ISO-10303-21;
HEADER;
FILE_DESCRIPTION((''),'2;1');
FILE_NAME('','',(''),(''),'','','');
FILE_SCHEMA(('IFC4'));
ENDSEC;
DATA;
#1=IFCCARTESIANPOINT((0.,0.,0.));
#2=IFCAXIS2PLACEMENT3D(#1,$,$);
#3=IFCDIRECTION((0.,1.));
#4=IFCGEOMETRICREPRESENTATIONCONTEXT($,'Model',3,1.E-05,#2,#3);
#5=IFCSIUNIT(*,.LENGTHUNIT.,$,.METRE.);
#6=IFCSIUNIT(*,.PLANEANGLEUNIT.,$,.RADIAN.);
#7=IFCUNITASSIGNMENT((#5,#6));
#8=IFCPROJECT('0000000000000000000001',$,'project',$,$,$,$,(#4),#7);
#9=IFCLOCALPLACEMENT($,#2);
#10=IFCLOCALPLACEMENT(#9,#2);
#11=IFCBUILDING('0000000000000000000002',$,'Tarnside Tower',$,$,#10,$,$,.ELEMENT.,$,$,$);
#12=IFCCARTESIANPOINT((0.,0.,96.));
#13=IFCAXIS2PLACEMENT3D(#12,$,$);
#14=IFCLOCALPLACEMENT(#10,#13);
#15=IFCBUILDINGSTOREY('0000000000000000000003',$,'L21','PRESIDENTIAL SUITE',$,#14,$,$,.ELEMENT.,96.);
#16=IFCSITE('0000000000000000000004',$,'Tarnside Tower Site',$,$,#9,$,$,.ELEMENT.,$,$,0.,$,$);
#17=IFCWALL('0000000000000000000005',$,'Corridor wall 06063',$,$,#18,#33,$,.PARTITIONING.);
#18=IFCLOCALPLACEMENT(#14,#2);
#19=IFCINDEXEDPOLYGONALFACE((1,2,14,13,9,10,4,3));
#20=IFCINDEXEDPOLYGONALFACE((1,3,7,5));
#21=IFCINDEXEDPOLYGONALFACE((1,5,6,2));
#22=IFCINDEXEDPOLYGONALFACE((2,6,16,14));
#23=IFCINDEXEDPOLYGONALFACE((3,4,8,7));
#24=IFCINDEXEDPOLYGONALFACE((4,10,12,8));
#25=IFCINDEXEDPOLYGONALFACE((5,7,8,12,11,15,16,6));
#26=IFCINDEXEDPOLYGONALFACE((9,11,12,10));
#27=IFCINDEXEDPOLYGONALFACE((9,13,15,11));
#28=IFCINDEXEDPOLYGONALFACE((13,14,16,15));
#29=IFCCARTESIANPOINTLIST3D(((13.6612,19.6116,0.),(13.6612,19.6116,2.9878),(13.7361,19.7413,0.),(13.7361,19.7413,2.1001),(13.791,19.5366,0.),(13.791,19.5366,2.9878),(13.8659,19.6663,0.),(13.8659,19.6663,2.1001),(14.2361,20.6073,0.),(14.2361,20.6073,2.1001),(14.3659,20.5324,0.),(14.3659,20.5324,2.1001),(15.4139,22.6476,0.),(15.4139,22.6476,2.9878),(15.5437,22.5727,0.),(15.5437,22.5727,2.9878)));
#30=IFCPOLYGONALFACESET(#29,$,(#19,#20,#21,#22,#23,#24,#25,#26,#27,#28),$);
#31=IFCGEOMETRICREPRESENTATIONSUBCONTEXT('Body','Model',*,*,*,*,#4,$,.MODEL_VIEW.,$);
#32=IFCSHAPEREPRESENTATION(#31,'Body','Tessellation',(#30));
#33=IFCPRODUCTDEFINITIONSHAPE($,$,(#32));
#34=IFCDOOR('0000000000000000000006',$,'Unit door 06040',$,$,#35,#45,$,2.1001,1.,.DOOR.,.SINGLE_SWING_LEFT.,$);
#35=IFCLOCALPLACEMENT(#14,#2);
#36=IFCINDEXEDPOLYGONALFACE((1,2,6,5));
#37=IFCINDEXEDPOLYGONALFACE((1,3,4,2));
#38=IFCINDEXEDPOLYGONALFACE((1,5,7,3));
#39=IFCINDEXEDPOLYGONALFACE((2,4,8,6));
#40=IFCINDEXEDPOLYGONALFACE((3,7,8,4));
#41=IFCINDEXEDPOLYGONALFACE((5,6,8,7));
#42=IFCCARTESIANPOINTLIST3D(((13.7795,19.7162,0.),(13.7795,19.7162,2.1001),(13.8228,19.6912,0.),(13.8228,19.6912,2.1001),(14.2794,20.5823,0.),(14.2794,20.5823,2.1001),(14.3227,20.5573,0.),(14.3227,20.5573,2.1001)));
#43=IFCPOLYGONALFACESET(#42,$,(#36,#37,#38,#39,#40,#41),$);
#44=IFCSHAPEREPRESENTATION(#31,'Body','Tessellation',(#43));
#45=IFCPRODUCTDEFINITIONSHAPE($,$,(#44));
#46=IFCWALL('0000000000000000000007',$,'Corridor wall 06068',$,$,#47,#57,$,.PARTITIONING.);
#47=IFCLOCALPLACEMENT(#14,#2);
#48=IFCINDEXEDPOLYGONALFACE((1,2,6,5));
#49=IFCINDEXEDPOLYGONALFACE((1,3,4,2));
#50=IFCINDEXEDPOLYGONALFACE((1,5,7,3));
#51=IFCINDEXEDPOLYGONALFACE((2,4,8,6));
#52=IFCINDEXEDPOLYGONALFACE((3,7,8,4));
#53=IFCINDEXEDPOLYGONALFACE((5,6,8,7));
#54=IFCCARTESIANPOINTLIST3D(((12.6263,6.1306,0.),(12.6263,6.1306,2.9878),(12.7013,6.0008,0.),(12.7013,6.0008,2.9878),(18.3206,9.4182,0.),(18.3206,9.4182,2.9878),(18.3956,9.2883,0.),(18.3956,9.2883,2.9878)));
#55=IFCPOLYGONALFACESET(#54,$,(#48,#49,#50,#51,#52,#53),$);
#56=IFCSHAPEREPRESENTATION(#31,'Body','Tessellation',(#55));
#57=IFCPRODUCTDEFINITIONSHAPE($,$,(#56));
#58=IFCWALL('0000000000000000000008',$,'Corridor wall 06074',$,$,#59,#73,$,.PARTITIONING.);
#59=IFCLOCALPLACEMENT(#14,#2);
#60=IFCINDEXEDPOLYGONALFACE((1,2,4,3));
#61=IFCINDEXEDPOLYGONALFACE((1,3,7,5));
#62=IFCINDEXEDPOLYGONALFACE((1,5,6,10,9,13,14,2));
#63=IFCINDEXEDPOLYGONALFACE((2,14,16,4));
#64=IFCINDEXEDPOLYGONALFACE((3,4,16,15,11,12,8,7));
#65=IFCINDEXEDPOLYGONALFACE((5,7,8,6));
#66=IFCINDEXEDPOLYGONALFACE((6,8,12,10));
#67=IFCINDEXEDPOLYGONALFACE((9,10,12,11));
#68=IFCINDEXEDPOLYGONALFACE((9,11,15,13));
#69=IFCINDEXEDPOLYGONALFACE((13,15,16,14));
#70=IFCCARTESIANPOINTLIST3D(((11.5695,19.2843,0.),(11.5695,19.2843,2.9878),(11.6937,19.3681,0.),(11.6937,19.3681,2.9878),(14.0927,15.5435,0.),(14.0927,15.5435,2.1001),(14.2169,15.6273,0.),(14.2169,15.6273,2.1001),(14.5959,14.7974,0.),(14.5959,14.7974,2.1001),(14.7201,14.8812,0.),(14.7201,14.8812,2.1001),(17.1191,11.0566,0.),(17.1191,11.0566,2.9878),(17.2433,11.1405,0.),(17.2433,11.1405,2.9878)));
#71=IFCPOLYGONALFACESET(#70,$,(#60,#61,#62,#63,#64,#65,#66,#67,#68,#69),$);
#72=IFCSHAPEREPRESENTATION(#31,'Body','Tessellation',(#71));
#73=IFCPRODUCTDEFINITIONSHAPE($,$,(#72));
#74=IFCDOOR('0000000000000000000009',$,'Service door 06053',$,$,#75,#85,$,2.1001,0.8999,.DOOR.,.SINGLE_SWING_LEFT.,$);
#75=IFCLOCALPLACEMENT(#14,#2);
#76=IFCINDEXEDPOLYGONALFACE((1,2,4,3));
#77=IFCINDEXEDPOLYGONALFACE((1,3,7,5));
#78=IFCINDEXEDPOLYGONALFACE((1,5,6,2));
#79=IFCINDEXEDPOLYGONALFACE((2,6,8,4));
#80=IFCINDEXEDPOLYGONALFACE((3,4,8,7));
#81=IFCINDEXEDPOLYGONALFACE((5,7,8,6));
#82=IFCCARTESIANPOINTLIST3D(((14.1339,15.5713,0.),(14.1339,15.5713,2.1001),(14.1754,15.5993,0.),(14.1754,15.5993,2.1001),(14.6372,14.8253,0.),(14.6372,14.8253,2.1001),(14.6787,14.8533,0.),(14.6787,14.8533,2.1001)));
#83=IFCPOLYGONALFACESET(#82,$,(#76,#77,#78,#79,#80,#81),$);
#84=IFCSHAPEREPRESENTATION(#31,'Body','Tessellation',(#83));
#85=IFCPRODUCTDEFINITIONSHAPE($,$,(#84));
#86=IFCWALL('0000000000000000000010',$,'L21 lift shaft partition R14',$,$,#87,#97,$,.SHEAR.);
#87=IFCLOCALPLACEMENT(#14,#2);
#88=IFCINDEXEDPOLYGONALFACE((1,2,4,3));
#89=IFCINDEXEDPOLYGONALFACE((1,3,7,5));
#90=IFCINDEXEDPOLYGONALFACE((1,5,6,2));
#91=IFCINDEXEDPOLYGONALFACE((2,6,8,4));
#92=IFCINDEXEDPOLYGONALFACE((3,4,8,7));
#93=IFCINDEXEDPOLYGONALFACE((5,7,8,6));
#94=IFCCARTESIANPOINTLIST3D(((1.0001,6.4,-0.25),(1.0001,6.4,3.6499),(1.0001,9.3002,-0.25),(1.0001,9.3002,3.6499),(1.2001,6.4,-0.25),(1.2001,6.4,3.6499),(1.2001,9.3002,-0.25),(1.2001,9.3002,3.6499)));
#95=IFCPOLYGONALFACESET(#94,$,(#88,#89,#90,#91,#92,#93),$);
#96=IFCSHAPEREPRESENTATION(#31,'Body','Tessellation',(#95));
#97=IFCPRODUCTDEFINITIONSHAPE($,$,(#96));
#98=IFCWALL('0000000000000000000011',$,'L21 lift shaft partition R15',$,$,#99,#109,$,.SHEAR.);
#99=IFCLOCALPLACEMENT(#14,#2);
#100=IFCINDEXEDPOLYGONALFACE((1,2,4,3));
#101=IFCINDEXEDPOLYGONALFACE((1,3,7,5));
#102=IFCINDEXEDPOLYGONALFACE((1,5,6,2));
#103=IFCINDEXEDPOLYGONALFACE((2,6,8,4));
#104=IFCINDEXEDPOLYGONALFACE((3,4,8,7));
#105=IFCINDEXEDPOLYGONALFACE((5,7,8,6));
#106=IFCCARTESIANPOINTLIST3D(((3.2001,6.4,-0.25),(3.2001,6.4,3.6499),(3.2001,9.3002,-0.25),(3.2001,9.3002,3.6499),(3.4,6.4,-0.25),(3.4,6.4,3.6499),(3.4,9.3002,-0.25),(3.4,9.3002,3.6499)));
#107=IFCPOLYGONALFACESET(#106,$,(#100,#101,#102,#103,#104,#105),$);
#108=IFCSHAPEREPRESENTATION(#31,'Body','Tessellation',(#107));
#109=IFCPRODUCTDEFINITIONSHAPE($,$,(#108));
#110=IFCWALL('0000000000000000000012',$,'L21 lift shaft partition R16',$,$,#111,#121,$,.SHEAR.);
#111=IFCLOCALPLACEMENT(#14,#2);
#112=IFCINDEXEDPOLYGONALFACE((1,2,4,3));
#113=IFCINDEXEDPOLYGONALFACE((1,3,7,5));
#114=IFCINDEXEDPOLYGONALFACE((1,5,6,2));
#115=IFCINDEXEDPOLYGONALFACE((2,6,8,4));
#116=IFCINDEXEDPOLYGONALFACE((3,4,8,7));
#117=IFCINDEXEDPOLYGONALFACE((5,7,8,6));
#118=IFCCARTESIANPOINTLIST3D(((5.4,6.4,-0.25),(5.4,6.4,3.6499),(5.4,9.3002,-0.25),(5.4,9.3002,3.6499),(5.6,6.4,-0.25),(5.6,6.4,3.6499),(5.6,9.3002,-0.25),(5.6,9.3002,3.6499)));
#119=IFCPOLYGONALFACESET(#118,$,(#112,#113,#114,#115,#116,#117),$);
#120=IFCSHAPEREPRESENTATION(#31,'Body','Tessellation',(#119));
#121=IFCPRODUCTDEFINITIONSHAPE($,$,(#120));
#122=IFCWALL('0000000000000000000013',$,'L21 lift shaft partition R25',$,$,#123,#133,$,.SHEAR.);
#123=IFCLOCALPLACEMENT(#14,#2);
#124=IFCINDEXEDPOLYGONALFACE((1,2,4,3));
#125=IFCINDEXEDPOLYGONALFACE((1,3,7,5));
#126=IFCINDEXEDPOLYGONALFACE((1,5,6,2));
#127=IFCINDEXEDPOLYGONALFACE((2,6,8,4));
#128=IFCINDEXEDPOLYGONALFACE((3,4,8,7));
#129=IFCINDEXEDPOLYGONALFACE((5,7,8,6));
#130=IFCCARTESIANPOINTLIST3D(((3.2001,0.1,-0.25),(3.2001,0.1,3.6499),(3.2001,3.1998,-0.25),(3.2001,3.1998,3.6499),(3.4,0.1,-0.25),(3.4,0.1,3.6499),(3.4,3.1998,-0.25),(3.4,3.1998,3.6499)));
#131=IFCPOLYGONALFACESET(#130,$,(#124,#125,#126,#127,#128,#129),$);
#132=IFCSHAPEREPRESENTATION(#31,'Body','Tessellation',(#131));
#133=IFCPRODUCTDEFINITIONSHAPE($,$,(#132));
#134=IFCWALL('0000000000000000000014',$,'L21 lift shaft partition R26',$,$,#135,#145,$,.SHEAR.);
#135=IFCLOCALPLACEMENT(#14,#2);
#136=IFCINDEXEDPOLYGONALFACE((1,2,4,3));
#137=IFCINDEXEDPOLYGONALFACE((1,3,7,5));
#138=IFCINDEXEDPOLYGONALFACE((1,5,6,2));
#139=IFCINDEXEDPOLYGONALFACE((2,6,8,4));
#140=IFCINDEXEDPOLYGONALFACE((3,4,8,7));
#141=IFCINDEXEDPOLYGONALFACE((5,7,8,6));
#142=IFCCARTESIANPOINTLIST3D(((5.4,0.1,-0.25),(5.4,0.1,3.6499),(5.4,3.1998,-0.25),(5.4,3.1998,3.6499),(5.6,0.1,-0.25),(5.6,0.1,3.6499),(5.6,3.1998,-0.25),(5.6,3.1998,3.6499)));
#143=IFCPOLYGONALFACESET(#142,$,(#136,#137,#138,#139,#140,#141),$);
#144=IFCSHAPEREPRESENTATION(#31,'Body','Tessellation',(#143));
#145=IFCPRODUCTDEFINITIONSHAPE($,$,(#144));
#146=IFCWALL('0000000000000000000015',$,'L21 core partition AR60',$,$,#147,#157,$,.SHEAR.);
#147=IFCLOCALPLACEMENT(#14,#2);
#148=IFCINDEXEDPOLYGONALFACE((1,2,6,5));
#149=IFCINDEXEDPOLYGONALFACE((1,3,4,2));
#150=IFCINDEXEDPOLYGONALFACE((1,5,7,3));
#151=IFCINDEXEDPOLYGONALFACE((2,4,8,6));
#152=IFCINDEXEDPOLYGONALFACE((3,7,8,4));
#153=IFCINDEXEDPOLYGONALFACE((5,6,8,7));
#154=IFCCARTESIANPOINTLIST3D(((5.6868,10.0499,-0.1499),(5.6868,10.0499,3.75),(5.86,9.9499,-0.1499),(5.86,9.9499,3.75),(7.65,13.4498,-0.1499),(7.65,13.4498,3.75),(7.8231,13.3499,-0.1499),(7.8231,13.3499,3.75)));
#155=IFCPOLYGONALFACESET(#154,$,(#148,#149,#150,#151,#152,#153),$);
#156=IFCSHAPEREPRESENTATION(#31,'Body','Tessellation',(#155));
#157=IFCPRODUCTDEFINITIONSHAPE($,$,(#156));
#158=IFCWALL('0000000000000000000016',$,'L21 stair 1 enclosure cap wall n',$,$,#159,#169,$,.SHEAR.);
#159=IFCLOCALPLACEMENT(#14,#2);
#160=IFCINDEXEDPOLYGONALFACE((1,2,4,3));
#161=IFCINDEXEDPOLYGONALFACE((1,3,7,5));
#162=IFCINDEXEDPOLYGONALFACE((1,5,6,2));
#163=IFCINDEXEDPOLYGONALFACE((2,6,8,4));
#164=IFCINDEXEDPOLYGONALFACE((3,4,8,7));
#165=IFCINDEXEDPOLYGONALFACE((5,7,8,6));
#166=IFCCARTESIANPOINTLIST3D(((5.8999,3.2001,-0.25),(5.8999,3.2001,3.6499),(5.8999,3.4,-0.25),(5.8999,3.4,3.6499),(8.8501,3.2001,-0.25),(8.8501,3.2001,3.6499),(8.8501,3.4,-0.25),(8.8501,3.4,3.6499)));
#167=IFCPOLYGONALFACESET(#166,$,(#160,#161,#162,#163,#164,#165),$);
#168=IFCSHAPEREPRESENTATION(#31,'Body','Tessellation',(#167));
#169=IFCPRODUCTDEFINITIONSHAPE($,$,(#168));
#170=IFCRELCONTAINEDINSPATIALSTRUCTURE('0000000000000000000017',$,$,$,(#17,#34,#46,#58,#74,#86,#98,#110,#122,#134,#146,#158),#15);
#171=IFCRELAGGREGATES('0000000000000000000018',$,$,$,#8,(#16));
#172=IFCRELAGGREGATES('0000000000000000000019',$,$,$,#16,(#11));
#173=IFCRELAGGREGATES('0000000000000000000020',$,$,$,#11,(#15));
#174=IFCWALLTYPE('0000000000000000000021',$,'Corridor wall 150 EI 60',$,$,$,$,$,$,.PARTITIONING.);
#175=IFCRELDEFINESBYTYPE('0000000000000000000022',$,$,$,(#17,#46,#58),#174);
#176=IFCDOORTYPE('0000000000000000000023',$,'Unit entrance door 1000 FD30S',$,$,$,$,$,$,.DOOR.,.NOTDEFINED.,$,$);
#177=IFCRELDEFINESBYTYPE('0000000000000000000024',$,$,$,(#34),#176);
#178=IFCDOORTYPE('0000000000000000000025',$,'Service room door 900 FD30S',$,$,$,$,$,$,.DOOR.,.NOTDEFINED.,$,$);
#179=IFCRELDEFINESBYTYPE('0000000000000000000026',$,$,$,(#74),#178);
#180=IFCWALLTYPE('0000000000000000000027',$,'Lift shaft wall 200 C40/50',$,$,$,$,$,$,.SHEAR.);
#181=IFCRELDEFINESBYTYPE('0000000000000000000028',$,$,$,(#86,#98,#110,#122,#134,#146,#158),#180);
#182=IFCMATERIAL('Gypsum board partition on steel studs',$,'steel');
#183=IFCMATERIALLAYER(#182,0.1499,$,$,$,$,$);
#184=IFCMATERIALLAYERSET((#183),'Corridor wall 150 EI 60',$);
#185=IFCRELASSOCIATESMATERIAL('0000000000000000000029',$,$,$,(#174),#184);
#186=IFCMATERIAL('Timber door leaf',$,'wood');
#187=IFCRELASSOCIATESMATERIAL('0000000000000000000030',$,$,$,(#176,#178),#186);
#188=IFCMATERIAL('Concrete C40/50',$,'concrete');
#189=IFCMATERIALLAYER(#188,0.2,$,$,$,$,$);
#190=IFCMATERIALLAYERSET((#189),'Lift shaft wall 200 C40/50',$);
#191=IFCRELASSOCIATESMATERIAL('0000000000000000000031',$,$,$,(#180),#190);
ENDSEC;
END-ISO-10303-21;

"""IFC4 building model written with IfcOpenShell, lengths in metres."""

from ifc_helpers import new_model, si_unit, direction, frame, frame_2d, origin, place, context, subcontext, project, spatial, rectangle, extrude, material, layer, layer_set, type_object, element, fill, save


model = new_model("IFC4")

# Units and contexts
model_context = context("Model", 3, precision=1e-05, world=origin(), true_north=direction((0.0, 1.0)))
body_context = subcontext(model_context, "Body", "Model", "MODEL_VIEW")
ifc_project = project(units=[si_unit("LENGTHUNIT", "METRE"), si_unit("PLANEANGLEUNIT", "RADIAN")], contexts=[model_context])

# Site, building, storey
site_placement = place(None, origin())
site = spatial("IfcSite", under=ifc_project, at=site_placement, Name="Tarnside Tower Site", CompositionType="ELEMENT", RefElevation=0.0)
building_placement = place(site_placement, origin())
building = spatial("IfcBuilding", under=site, at=building_placement, Name="Tarnside Tower", CompositionType="ELEMENT")
storey_placement = place(building_placement, frame((0.0, 0.0, 96.0)))
storey = spatial("IfcBuildingStorey", under=building, at=storey_placement, Name="L21", Description="PRESIDENTIAL SUITE", CompositionType="ELEMENT", Elevation=96.0)

# Shared definitions
ifc_material_1 = material(Name="Concrete C40/50", Category="concrete")

# Shared definitions
ifc_material_2 = material(Name="Gypsum board partition on steel studs", Category="steel")
ifc_layer_1 = layer(ifc_material_2, 0.1499)
ifc_layer_set_1 = layer_set([ifc_layer_1], Name="Corridor wall 150 EI 60")
wall_type_1 = type_object("IfcWallType", Name="Corridor wall 150 EI 60", PredefinedType="PARTITIONING", material=ifc_layer_set_1)

# Wall, opening, door
wall_1_placement = place(storey_placement, frame((13.7261, 19.574, 0.0), z_axis=(0.0, 0.0, 1.0), x_axis=(0.499952, 0.866053, 0.0)))
wall_1 = element("IfcWall", 1, at=wall_1_placement, inside=storey, type_object=wall_type_1, Name="Corridor wall 06063", PredefinedType="PARTITIONING", context=body_context, shape_type="SweptSolid", body=[
    extrude(rectangle(XDim=3.5056, YDim=0.1499, at=frame_2d((1.7529, 0.0))), origin(), (0.0, 0.0, 1.0), 2.9878),
])
opening_1_placement = place(wall_1_placement, frame((0.1499, 0.0, 0.0)))
opening_1 = element("IfcOpeningElement", 2, at=opening_1_placement, cuts=wall_1, PredefinedType="OPENING", context=body_context, shape_type="SweptSolid", body=[
    extrude(rectangle(XDim=1.0, YDim=2.1001, at=frame_2d((0.5, 1.05))), frame((0.0, 0.085, 0.0), z_axis=(0.0, -1.0, 0.0), x_axis=(1.0, 0.0, 0.0)), (0.0, 0.0, 1.0), 0.1699),
])
ifc_material_3 = material(Name="Timber door leaf", Category="wood")
door_type_1 = type_object("IfcDoorType", Name="Unit entrance door 1000 FD30S", OperationType="NOTDEFINED", PredefinedType="DOOR", material=ifc_material_3)
door_1_placement = place(opening_1_placement, origin())
door_1 = element("IfcDoor", 3, at=door_1_placement, inside=storey, type_object=door_type_1, Name="Unit door 06040", OperationType="SINGLE_SWING_LEFT", OverallHeight=2.1001, OverallWidth=1.0, PredefinedType="DOOR", context=body_context, shape_type="SweptSolid", body=[
    extrude(rectangle(XDim=1.0, YDim=2.1001, at=frame_2d((0.5, 1.05))), frame((0.0, 0.0249, 0.0), z_axis=(0.0, -1.0, 0.0), x_axis=(1.0, 0.0, 0.0)), (0.0, 0.0, 1.0), 0.05),
])
fill(opening_1, door_1)

# Wall
wall_2_placement = place(storey_placement, frame((12.6638, 6.0657, 0.0), z_axis=(0.0, 0.0, 1.0), x_axis=(0.866027, 0.499997, 0.0)))
element("IfcWall", 4, at=wall_2_placement, inside=storey, type_object=wall_type_1, Name="Corridor wall 06068", PredefinedType="PARTITIONING", context=body_context, shape_type="SweptSolid", body=[
    extrude(rectangle(XDim=6.5752, YDim=0.1499, at=frame_2d((3.2876, 0.0))), origin(), (0.0, 0.0, 1.0), 2.9878),
])

# Wall, opening, door
wall_3_placement = place(storey_placement, frame((11.6316, 19.3262, 0.0), z_axis=(0.0, 0.0, 1.0), x_axis=(0.559194, -0.829037, 0.0)))
wall_3 = element("IfcWall", 5, at=wall_3_placement, inside=storey, type_object=wall_type_1, Name="Corridor wall 06074", PredefinedType="PARTITIONING", context=body_context, shape_type="SweptSolid", body=[
    extrude(rectangle(XDim=9.9243, YDim=0.1499, at=frame_2d((4.9622, 0.0))), origin(), (0.0, 0.0, 1.0), 2.9878),
])
opening_2_placement = place(wall_3_placement, frame((4.5122, 0.0, 0.0)))
opening_2 = element("IfcOpeningElement", 6, at=opening_2_placement, cuts=wall_3, PredefinedType="OPENING", context=body_context, shape_type="SweptSolid", body=[
    extrude(rectangle(XDim=0.8999, YDim=2.1001, at=frame_2d((0.45, 1.05))), frame((0.0, 0.085, 0.0), z_axis=(0.0, -1.0, 0.0), x_axis=(1.0, 0.0, 0.0)), (0.0, 0.0, 1.0), 0.1699),
])
door_type_2 = type_object("IfcDoorType", Name="Service room door 900 FD30S", OperationType="NOTDEFINED", PredefinedType="DOOR", material=ifc_material_3)
door_2_placement = place(opening_2_placement, origin())
door_2 = element("IfcDoor", 7, at=door_2_placement, inside=storey, type_object=door_type_2, Name="Service door 06053", OperationType="SINGLE_SWING_LEFT", OverallHeight=2.1001, OverallWidth=0.8999, PredefinedType="DOOR", context=body_context, shape_type="SweptSolid", body=[
    extrude(rectangle(XDim=0.8999, YDim=2.1001, at=frame_2d((0.45, 1.05))), frame((0.0, 0.0249, 0.0), z_axis=(0.0, -1.0, 0.0), x_axis=(1.0, 0.0, 0.0)), (0.0, 0.0, 1.0), 0.05),
])
fill(opening_2, door_2)

# Walls
ifc_layer_2 = layer(ifc_material_1, 0.2)
ifc_layer_set_2 = layer_set([ifc_layer_2], Name="Lift shaft wall 200 C40/50")
wall_type_2 = type_object("IfcWallType", Name="Lift shaft wall 200 C40/50", PredefinedType="SHEAR", material=ifc_layer_set_2)
for number, where, z_axis, x_axis, name in (
    (8, (1.1001, 6.3999, -0.25), (0.0, 0.0, 1.0), (0.0, 1.0, 0.0), "L21 lift shaft partition R14"),
    (9, (3.3, 6.3999, -0.25), (0.0, 0.0, 1.0), (0.0, 1.0, 0.0), "L21 lift shaft partition R15"),
    (10, (5.5, 6.3999, -0.25), (0.0, 0.0, 1.0), (0.0, 1.0, 0.0), "L21 lift shaft partition R16"),
):
    element("IfcWall", number, at=place(storey_placement, frame(where, z_axis=z_axis, x_axis=x_axis)), inside=storey, type_object=wall_type_2, Name=name, PredefinedType="SHEAR", context=body_context, shape_type="SweptSolid", body=[
        extrude(rectangle(XDim=2.9001, YDim=0.2, at=frame_2d((1.4502, 0.0))), origin(), (0.0, 0.0, 1.0), 3.8999),
    ])
for number, where, z_axis, x_axis, name in (
    (11, (3.3, 0.1001, -0.25), (0.0, 0.0, 1.0), (0.0, 1.0, 0.0), "L21 lift shaft partition R25"),
    (12, (5.5, 0.1001, -0.25), (0.0, 0.0, 1.0), (0.0, 1.0, 0.0), "L21 lift shaft partition R26"),
):
    element("IfcWall", number, at=place(storey_placement, frame(where, z_axis=z_axis, x_axis=x_axis)), inside=storey, type_object=wall_type_2, Name=name, PredefinedType="SHEAR", context=body_context, shape_type="SweptSolid", body=[
        extrude(rectangle(XDim=3.0999, YDim=0.2, at=frame_2d((1.5498, 0.0))), origin(), (0.0, 0.0, 1.0), 3.8999),
    ])
wall_4_placement = place(storey_placement, frame((5.7734, 10.0, -0.1499), z_axis=(0.0, 0.0, 1.0), x_axis=(0.500038, 0.866003, 0.0)))
element("IfcWall", 13, at=wall_4_placement, inside=storey, type_object=wall_type_2, Name="L21 core partition AR60", PredefinedType="SHEAR", context=body_context, shape_type="SweptSolid", body=[
    extrude(rectangle(XDim=3.926, YDim=0.2, at=frame_2d((1.9629, 0.0))), origin(), (0.0, 0.0, 1.0), 3.8999),
])
wall_5_placement = place(storey_placement, frame((5.8999, 3.3, -0.25), z_axis=(0.0, 0.0, 1.0), x_axis=(1.0, 0.0, 0.0)))
element("IfcWall", 14, at=wall_5_placement, inside=storey, type_object=wall_type_2, Name="L21 stair 1 enclosure cap wall n", PredefinedType="SHEAR", context=body_context, shape_type="SweptSolid", body=[
    extrude(rectangle(XDim=2.9502, YDim=0.2, at=frame_2d((1.4751, 0.0))), origin(), (0.0, 0.0, 1.0), 3.8999),
])

save(model, "model.ifc")
